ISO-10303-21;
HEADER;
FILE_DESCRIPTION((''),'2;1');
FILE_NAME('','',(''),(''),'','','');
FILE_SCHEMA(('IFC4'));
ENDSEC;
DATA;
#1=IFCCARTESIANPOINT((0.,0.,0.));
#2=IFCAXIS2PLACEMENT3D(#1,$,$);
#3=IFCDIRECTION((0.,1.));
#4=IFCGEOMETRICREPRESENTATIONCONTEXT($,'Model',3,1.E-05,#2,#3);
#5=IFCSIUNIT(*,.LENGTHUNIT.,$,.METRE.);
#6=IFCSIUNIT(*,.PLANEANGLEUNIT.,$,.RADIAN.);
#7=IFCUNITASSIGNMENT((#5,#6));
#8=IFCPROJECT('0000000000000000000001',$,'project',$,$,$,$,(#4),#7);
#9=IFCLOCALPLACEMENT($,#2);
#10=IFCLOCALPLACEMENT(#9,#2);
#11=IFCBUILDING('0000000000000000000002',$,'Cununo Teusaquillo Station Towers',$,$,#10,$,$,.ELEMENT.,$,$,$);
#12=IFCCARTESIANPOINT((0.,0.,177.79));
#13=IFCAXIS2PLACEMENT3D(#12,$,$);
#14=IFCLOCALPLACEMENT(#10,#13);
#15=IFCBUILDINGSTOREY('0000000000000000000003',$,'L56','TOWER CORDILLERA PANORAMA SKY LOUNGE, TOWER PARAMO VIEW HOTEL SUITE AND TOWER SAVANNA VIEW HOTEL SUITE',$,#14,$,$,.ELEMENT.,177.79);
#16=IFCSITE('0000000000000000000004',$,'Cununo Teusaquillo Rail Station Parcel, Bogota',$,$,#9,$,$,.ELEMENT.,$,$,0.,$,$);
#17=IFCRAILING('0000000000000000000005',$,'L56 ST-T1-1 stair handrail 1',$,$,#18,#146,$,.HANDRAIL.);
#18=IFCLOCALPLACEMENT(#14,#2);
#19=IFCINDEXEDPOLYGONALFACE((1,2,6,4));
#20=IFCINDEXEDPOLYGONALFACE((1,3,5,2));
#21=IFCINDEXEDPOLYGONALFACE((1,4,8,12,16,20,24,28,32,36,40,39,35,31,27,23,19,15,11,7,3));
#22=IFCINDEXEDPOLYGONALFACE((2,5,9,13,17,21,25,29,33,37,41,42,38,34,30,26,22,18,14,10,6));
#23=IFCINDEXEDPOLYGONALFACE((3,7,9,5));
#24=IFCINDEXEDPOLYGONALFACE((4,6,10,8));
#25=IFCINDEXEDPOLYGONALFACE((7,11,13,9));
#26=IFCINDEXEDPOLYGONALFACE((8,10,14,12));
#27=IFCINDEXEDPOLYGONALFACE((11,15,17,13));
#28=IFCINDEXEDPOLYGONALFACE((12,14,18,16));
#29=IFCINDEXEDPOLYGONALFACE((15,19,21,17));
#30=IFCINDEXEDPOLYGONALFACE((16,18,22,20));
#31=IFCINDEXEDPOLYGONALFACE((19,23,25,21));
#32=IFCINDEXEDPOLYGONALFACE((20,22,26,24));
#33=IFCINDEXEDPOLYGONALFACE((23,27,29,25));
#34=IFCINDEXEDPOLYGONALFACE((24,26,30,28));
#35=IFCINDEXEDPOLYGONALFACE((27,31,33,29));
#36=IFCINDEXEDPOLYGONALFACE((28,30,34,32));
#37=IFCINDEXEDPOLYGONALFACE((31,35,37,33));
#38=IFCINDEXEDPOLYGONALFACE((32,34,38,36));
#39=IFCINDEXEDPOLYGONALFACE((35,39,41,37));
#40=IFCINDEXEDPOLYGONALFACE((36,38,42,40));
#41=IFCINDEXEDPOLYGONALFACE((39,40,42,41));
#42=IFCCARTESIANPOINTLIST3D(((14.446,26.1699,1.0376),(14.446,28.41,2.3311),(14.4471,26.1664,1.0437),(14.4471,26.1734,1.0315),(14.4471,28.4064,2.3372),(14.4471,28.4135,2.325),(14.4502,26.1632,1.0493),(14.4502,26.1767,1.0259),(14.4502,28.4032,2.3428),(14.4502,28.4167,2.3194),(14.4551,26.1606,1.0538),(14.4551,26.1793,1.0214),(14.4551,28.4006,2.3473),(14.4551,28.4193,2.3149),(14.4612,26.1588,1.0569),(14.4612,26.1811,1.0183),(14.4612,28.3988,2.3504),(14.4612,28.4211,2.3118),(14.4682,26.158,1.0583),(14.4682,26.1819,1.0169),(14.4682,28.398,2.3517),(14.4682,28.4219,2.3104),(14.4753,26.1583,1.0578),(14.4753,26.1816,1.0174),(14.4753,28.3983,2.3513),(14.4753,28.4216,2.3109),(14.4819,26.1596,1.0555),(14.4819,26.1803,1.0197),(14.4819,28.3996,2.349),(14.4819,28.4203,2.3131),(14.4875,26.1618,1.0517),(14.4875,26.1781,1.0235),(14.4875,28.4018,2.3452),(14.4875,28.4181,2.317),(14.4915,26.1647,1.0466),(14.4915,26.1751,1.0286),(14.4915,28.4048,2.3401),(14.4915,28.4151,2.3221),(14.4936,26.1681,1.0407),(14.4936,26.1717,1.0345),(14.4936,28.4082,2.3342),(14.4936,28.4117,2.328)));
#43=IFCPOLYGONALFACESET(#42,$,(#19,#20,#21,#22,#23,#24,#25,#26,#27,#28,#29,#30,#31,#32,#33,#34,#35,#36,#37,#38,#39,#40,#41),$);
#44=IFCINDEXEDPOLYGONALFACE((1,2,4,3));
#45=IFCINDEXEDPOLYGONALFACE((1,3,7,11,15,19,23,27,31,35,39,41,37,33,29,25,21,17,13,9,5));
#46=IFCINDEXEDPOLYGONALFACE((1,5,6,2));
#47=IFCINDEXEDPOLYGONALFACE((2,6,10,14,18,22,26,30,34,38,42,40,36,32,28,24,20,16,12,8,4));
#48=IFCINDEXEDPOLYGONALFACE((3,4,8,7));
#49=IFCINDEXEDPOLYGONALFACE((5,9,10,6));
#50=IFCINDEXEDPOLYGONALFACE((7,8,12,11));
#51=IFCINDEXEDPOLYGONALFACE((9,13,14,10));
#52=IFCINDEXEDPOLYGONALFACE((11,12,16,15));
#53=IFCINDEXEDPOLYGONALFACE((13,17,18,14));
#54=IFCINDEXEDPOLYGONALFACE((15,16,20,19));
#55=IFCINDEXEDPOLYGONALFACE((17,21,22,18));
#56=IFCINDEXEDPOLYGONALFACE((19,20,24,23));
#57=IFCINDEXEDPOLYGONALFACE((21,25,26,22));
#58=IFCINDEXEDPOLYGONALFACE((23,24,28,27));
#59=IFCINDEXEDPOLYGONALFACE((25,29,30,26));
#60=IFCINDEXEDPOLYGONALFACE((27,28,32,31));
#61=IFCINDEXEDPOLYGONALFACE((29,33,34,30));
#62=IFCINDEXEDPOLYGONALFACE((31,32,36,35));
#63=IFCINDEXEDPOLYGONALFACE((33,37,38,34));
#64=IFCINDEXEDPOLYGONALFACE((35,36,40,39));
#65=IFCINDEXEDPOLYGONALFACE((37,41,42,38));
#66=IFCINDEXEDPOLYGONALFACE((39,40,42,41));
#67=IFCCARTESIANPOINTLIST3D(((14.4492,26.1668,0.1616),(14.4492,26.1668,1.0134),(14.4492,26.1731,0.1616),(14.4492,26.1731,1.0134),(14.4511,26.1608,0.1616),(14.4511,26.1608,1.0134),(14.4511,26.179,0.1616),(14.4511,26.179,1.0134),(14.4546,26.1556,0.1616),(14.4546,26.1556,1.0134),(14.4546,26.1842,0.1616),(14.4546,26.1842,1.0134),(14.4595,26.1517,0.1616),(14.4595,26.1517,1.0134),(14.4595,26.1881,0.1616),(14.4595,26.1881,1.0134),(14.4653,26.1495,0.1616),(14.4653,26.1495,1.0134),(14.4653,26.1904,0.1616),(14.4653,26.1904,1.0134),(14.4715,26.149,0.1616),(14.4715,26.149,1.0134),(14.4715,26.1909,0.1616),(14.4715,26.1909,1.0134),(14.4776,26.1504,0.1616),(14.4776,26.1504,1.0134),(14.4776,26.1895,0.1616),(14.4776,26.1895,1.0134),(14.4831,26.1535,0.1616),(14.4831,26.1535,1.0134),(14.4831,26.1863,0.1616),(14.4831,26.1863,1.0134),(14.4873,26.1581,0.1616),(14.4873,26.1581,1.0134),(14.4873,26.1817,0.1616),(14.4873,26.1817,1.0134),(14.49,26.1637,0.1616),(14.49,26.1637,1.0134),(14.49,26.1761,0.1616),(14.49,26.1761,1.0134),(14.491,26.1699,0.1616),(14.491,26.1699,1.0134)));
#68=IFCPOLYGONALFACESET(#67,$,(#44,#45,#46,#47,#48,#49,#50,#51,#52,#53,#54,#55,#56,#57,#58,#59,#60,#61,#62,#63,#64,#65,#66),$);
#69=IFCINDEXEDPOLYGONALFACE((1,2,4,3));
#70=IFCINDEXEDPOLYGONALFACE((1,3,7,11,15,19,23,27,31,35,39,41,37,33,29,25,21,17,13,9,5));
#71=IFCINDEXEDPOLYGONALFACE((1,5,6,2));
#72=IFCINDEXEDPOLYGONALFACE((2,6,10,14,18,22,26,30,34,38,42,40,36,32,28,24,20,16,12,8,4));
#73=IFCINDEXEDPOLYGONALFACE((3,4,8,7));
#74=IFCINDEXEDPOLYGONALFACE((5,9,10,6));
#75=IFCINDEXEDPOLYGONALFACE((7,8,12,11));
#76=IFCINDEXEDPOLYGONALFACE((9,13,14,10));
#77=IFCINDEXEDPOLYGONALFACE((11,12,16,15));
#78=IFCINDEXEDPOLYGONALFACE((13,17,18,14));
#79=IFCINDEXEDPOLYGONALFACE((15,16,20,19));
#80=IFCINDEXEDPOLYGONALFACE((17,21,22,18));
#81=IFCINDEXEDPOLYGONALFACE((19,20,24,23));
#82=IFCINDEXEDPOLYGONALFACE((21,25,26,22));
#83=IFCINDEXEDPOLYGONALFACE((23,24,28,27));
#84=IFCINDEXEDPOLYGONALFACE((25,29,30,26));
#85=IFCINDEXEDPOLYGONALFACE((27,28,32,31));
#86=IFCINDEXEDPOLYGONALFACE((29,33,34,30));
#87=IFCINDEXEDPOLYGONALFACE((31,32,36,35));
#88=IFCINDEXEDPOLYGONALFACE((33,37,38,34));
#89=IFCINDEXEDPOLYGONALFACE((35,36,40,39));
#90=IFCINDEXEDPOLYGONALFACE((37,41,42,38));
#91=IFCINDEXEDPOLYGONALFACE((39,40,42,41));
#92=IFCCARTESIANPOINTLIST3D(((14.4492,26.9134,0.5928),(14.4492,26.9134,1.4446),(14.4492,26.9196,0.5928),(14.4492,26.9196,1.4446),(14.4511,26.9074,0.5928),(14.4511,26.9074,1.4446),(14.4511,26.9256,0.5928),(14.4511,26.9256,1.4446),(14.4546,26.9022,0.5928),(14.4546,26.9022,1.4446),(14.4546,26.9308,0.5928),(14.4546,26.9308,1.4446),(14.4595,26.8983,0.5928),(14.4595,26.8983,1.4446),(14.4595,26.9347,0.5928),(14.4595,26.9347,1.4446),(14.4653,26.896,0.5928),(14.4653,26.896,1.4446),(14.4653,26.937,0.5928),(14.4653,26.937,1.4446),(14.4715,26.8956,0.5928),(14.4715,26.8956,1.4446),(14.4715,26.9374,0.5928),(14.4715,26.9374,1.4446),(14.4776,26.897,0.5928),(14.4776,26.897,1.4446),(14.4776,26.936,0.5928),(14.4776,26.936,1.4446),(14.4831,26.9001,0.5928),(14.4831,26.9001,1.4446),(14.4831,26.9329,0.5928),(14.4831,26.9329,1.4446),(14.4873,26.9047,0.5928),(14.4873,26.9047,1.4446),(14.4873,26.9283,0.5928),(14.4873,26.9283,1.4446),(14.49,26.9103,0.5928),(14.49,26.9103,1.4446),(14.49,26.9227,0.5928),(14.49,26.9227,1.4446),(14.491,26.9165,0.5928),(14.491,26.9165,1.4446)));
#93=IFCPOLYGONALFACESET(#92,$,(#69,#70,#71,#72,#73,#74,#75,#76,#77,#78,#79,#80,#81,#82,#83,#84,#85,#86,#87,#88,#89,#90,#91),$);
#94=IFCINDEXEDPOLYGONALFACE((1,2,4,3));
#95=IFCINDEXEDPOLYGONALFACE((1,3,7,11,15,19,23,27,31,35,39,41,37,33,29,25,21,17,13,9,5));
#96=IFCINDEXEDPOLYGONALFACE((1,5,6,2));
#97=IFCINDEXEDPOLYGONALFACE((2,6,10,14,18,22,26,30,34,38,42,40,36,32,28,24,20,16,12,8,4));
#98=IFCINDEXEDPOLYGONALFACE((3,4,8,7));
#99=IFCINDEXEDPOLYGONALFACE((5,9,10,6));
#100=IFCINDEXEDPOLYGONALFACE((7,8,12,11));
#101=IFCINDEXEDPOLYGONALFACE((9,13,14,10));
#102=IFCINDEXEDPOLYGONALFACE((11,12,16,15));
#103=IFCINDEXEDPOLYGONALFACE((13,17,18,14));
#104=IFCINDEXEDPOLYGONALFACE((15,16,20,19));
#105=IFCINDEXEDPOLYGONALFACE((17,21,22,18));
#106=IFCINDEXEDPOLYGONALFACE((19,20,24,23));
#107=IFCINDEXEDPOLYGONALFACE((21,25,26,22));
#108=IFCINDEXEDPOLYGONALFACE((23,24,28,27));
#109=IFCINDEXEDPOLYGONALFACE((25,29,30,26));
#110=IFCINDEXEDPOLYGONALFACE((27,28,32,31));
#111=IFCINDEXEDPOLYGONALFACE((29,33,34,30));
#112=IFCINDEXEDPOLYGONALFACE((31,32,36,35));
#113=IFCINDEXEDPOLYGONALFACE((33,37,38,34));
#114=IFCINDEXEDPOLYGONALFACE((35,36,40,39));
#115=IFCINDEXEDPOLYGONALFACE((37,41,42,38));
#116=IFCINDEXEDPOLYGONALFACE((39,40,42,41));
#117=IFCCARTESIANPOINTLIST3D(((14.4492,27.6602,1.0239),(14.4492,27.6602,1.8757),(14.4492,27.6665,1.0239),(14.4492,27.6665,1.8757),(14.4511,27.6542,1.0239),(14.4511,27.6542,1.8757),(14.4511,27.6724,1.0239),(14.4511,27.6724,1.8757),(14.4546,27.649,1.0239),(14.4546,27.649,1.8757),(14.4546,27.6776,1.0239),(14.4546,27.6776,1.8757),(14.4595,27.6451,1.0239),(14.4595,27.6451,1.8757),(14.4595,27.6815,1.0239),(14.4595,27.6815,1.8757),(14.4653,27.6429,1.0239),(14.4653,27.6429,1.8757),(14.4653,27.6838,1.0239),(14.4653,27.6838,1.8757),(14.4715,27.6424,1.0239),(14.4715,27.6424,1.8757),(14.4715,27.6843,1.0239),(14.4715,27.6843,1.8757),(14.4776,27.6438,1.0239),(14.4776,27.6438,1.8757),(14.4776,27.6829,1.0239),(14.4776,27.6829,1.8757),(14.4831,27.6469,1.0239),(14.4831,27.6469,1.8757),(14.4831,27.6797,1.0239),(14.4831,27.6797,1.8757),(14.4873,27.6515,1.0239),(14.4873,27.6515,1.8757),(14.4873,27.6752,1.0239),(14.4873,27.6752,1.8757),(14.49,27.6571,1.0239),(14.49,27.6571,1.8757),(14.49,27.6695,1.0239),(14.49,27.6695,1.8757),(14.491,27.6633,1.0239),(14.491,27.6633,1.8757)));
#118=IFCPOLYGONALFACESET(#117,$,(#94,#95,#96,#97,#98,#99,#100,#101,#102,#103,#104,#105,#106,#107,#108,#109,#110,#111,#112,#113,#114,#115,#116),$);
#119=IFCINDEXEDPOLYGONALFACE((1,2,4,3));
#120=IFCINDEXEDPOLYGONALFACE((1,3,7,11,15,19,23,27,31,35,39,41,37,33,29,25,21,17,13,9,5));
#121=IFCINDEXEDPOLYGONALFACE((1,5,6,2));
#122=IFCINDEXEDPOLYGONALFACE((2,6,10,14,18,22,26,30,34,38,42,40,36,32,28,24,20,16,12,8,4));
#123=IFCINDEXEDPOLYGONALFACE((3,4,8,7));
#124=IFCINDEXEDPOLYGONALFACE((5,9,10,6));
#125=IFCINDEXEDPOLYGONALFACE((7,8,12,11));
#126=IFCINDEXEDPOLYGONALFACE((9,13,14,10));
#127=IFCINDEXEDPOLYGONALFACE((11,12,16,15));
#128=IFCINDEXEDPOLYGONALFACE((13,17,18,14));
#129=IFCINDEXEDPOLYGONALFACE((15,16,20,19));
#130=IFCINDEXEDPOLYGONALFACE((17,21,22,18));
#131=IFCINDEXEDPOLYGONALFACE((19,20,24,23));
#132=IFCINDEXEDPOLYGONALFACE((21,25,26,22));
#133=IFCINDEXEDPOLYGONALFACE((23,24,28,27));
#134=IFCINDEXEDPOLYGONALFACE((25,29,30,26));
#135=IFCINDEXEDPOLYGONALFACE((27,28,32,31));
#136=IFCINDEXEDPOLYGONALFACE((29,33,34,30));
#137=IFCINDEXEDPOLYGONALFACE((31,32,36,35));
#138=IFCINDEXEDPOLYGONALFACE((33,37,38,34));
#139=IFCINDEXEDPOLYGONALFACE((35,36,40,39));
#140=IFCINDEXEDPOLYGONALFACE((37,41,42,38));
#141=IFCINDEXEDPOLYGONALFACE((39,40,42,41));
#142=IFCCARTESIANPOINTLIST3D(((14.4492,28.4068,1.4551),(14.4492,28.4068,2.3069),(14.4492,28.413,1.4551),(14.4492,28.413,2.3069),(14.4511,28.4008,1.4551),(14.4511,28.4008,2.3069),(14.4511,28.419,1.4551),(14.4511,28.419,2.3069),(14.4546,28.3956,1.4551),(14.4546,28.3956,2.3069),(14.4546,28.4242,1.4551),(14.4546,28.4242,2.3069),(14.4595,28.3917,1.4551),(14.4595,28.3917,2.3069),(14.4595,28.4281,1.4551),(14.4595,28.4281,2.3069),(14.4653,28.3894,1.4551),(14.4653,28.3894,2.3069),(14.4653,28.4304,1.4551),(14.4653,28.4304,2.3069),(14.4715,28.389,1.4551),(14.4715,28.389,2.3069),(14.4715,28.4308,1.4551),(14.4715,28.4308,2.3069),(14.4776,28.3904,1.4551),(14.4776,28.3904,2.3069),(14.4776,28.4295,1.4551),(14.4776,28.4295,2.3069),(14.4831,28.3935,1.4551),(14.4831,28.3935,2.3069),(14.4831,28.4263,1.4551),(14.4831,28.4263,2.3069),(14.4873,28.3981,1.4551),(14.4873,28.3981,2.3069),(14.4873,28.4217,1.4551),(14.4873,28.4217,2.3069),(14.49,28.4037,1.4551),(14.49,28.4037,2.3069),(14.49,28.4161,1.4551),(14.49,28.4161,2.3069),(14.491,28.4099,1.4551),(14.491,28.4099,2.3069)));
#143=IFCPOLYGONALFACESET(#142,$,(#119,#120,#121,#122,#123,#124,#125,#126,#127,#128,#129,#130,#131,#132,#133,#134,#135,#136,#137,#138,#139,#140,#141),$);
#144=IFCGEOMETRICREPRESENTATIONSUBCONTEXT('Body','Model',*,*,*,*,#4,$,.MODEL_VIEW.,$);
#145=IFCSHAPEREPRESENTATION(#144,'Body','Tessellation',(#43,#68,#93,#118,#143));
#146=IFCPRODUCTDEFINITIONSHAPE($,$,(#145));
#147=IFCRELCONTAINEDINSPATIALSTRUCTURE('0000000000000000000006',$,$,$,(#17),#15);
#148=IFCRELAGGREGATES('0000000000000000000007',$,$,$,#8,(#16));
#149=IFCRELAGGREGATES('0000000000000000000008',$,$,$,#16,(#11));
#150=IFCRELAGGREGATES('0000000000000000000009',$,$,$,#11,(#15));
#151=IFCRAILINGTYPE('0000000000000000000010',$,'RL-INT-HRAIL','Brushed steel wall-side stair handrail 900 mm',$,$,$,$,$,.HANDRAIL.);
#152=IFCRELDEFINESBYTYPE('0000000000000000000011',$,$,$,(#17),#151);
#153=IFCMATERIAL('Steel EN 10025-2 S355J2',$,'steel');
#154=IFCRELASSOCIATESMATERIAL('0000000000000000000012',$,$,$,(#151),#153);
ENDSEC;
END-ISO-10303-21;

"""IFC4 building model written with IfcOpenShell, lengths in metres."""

from ifc_helpers import new_model, si_unit, direction, frame, origin, origin_2d, place, context, subcontext, project, spatial, circle, extrude, material, type_object, element, save


model = new_model("IFC4")

# Units and contexts
model_context = context("Model", 3, precision=1e-05, world=origin(), true_north=direction((0.0, 1.0)))
body_context = subcontext(model_context, "Body", "Model", "MODEL_VIEW")
ifc_project = project(units=[si_unit("LENGTHUNIT", "METRE"), si_unit("PLANEANGLEUNIT", "RADIAN")], contexts=[model_context])

# Site, building, storey
site_placement = place(None, origin())
site = spatial("IfcSite", under=ifc_project, at=site_placement, Name="Cununo Teusaquillo Rail Station Parcel, Bogota", CompositionType="ELEMENT", RefElevation=0.0)
building_placement = place(site_placement, origin())
building = spatial("IfcBuilding", under=site, at=building_placement, Name="Cununo Teusaquillo Station Towers", CompositionType="ELEMENT")
storey_placement = place(building_placement, frame((0.0, 0.0, 177.79)))
storey = spatial("IfcBuildingStorey", under=building, at=storey_placement, Name="L56", Description="TOWER CORDILLERA PANORAMA SKY LOUNGE, TOWER PARAMO VIEW HOTEL SUITE AND TOWER SAVANNA VIEW HOTEL SUITE", CompositionType="ELEMENT", Elevation=177.79)

# Railing
ifc_material_1 = material(Name="Steel EN 10025-2 S355J2", Category="steel")
railing_type_1 = type_object("IfcRailingType", Name="RL-INT-HRAIL", Description="Brushed steel wall-side stair handrail 900 mm", PredefinedType="HANDRAIL", material=ifc_material_1)
railing_1_placement = place(storey_placement, frame((14.47, 26.1699, 0.1616)))
element("IfcRailing", 1, at=railing_1_placement, inside=storey, type_object=railing_type_1, Name="L56 ST-T1-1 stair handrail 1", PredefinedType="HANDRAIL", context=body_context, shape_type="SweptSolid", body=[
    extrude(circle(Radius=0.0239, at=origin_2d()), frame((0.0, 0.0, 0.876), z_axis=(0.0, 0.865992, 0.500057), x_axis=(-1.0, 0.0, 0.0)), (0.0, 0.0, 1.0), 2.5867),
    extrude(circle(Radius=0.021, at=origin_2d()), origin(), (0.0, 0.0, 1.0), 0.8518),
    extrude(circle(Radius=0.021, at=origin_2d()), frame((0.0, 0.7466, 0.4312)), (0.0, 0.0, 1.0), 0.8518),
    extrude(circle(Radius=0.021, at=origin_2d()), frame((0.0, 1.4934, 0.8623)), (0.0, 0.0, 1.0), 0.8518),
    extrude(circle(Radius=0.021, at=origin_2d()), frame((0.0, 2.24, 1.2935)), (0.0, 0.0, 1.0), 0.8518),
])

save(model, "model.ifc")
